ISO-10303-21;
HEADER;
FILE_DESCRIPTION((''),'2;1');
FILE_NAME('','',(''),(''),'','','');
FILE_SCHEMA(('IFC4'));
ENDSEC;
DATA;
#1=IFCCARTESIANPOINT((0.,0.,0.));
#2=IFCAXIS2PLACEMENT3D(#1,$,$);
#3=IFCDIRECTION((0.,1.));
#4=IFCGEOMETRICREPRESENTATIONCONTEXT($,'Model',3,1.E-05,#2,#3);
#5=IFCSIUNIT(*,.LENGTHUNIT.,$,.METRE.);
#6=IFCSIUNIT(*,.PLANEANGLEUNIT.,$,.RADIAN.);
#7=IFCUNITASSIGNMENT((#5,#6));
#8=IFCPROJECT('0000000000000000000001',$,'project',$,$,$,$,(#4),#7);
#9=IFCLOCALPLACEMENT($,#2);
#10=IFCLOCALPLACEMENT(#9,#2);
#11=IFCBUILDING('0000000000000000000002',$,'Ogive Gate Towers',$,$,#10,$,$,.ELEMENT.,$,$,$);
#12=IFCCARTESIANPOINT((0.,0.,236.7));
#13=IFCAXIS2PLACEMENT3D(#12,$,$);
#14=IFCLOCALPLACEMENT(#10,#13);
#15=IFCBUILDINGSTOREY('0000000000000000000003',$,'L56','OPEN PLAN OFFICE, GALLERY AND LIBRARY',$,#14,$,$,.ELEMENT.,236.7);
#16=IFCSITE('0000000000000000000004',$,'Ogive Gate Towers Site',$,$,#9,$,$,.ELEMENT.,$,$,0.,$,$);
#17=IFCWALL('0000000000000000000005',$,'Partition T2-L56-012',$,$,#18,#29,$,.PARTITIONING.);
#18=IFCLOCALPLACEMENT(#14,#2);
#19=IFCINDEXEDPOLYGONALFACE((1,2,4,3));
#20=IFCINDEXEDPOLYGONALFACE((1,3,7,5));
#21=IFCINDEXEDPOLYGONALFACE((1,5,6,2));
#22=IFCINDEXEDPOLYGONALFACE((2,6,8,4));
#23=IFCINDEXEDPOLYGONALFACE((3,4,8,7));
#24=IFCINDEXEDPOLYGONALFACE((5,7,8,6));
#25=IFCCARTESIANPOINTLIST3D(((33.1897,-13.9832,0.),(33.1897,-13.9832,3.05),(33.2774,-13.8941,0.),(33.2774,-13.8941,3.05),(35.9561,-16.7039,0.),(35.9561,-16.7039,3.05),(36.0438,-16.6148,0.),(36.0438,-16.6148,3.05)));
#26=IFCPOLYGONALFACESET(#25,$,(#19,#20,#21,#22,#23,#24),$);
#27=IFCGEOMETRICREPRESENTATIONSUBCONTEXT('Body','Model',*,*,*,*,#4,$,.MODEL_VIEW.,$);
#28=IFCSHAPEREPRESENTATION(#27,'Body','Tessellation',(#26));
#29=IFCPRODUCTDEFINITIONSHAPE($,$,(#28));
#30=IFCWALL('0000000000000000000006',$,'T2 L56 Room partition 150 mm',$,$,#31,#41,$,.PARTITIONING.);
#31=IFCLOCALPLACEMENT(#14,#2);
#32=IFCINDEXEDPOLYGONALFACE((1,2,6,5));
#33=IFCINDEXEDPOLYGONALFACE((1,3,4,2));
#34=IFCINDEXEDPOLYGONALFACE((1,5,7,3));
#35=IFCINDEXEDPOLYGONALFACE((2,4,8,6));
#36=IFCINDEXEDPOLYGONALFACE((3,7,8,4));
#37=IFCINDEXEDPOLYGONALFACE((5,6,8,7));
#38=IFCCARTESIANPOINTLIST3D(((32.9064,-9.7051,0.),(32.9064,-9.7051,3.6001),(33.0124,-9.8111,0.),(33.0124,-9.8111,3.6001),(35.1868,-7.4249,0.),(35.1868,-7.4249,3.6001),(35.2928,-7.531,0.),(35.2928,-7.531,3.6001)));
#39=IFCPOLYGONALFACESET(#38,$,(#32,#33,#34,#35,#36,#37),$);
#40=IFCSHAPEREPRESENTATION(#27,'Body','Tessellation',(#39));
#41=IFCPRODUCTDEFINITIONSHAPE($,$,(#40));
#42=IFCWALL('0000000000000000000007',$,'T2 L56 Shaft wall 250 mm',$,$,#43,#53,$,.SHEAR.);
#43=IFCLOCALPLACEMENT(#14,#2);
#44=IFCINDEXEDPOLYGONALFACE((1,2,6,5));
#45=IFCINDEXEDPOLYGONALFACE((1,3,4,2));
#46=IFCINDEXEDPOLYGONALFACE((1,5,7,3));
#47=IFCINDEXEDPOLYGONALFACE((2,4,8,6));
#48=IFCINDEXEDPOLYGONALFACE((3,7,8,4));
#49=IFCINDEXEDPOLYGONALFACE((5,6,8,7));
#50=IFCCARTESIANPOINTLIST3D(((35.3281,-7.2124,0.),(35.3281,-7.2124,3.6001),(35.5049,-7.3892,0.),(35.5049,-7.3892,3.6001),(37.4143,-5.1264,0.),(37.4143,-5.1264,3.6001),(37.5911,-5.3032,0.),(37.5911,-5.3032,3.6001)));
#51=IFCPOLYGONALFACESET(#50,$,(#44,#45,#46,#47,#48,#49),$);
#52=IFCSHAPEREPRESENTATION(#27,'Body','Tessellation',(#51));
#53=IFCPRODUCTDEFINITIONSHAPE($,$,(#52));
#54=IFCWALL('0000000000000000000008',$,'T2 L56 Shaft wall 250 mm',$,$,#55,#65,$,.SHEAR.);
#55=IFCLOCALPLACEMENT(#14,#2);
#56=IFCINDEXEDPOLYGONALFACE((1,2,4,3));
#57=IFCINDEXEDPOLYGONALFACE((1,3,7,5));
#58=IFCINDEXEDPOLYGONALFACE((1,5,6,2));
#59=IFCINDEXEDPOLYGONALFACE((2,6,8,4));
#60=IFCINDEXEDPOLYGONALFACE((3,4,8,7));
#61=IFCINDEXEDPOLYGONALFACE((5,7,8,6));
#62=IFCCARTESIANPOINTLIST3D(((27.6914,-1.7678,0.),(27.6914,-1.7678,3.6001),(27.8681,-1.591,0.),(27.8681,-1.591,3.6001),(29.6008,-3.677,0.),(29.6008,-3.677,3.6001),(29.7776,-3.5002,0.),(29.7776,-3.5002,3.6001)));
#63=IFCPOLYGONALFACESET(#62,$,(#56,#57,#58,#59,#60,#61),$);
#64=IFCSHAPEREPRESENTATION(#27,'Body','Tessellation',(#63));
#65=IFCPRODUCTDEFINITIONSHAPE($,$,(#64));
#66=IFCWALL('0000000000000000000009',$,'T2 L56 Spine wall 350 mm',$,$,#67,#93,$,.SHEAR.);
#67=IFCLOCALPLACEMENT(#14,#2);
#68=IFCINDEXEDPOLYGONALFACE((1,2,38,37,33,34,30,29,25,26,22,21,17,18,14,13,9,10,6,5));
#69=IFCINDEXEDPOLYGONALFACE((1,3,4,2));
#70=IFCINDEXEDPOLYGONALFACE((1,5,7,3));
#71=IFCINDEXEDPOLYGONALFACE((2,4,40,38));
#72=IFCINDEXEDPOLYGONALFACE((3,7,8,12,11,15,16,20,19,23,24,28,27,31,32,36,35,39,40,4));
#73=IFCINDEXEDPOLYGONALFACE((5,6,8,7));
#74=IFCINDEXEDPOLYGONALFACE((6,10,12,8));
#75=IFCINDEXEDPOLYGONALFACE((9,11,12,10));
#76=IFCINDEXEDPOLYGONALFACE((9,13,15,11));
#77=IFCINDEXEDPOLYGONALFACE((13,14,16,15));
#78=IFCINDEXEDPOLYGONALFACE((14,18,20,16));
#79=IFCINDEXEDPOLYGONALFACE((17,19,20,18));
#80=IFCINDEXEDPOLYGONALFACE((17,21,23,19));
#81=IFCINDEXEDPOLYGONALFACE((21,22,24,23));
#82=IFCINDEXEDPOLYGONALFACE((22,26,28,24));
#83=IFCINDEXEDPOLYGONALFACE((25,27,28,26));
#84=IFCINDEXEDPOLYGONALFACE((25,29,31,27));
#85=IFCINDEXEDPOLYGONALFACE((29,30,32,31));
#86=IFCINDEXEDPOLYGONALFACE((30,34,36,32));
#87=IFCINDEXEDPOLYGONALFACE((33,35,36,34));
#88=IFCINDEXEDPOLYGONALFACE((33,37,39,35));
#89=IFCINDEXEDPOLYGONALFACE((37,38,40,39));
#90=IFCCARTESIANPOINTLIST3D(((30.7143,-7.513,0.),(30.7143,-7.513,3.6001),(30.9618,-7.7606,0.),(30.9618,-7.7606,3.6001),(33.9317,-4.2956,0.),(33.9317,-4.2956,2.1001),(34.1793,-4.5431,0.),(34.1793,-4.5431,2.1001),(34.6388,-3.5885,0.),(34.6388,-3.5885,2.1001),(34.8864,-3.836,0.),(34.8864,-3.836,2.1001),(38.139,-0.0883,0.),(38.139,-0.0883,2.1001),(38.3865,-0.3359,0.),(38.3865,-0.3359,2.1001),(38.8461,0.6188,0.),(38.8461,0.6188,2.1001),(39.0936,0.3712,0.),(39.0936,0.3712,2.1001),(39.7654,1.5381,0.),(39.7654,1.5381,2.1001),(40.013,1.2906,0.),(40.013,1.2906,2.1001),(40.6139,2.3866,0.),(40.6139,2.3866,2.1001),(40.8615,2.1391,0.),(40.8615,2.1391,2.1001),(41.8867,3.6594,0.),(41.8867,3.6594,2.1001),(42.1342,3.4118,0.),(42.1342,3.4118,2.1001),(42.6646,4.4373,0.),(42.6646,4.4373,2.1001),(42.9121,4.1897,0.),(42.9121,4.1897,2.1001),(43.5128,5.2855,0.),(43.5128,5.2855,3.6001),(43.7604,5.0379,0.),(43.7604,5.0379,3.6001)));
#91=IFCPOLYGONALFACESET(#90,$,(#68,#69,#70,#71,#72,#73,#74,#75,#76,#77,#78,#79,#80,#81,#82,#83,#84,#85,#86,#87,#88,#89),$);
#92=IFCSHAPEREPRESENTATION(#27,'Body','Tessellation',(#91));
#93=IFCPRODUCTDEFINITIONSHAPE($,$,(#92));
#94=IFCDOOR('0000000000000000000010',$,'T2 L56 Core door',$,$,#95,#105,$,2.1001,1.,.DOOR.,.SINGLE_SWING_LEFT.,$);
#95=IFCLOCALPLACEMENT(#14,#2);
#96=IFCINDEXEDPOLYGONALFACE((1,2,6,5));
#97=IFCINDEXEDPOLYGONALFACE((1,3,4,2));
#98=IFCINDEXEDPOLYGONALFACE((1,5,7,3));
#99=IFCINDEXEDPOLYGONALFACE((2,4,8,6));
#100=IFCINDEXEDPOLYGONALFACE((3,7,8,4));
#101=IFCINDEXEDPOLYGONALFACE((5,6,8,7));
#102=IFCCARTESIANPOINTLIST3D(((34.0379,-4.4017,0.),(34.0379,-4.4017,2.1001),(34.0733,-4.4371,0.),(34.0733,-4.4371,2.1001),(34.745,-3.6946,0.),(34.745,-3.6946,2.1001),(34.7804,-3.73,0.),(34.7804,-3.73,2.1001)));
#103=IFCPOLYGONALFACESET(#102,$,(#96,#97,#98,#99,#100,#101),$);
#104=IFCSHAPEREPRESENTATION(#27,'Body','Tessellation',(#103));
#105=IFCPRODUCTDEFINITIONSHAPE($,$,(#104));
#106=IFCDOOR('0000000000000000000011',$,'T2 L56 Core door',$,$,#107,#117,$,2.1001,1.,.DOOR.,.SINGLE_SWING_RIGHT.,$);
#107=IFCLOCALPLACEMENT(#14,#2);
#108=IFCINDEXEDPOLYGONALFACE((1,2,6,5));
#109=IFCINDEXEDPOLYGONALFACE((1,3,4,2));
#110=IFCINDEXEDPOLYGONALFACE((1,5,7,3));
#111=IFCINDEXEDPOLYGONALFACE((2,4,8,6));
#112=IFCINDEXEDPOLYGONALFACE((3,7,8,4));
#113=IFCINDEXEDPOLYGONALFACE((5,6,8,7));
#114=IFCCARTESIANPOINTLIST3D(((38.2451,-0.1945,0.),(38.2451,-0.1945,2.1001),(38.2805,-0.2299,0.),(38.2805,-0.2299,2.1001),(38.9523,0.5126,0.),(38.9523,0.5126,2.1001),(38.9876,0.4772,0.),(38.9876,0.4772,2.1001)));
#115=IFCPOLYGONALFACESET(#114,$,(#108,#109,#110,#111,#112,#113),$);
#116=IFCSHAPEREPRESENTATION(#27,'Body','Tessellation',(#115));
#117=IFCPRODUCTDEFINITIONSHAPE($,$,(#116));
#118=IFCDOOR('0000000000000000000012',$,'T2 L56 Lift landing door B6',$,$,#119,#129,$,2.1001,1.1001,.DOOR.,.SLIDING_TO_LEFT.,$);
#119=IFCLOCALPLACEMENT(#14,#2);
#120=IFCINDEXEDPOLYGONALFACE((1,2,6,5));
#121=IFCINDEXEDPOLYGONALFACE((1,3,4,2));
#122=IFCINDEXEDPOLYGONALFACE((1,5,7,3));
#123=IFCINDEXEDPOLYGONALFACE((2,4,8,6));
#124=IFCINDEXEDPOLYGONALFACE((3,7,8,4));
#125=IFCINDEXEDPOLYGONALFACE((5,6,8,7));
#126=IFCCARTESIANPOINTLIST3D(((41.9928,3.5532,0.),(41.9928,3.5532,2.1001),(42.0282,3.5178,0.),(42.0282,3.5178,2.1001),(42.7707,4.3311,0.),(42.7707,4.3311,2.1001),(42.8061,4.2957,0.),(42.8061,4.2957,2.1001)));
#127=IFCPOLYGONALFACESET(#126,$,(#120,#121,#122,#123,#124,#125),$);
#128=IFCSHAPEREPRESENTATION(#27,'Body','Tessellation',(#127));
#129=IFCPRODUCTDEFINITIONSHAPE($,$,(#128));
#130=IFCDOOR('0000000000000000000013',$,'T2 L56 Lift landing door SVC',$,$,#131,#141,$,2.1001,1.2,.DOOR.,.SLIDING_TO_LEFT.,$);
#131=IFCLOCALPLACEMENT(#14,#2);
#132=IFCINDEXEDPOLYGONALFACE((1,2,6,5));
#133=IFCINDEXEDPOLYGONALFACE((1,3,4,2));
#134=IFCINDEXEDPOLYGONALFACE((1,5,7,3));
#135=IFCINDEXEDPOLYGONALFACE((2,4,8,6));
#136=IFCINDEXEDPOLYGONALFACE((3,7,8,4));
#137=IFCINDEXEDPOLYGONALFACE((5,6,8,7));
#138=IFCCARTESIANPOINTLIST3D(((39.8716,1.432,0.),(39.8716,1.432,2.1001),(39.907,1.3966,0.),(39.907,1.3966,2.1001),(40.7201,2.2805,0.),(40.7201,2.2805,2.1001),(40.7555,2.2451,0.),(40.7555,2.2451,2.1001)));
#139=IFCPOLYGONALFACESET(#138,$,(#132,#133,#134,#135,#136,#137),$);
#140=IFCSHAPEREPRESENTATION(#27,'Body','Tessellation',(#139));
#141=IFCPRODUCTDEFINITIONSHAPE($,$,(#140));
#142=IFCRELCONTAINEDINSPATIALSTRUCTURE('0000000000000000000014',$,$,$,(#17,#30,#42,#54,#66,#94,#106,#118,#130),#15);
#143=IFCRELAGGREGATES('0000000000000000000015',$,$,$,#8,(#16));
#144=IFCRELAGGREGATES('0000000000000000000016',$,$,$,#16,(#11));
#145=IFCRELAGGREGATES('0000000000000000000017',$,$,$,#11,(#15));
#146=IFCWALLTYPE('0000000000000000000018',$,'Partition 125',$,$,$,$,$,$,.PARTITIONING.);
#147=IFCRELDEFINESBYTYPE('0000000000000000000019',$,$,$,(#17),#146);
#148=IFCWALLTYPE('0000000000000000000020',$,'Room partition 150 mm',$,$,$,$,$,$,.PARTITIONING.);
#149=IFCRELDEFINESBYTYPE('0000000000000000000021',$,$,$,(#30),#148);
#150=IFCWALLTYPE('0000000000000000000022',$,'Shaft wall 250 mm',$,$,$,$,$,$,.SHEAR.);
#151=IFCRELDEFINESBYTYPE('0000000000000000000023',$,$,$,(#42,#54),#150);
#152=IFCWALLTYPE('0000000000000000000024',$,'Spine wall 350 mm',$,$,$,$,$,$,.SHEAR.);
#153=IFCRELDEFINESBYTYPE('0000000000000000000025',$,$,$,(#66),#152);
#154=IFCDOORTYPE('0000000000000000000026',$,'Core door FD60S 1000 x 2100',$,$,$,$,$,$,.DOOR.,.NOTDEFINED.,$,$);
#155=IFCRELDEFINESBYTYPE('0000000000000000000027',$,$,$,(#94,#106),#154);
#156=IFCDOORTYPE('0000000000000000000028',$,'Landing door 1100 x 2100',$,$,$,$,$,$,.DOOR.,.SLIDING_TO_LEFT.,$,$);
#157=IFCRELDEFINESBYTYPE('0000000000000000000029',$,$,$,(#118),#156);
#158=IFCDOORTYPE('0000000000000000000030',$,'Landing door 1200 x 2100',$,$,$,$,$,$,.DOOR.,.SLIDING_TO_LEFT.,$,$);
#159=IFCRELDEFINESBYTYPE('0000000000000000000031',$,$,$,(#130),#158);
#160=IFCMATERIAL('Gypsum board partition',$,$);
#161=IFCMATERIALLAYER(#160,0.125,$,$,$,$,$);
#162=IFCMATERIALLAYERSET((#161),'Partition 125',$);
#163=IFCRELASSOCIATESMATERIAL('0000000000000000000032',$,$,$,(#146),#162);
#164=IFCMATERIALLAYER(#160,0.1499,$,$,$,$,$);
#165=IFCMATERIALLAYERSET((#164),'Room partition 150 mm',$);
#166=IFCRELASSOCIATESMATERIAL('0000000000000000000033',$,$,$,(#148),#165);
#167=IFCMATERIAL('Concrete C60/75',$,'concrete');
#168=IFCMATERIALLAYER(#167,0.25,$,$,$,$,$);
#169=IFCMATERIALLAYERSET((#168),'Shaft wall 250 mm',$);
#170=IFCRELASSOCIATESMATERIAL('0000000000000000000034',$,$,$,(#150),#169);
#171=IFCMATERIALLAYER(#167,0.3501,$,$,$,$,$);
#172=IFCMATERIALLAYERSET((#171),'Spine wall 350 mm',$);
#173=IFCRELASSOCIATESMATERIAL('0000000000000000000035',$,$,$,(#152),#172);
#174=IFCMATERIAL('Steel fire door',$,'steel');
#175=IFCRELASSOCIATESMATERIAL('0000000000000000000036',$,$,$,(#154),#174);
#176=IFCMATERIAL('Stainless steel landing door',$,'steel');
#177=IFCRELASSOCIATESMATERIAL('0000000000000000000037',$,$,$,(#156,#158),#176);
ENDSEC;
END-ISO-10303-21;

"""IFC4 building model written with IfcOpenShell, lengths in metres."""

from ifc_helpers import new_model, si_unit, direction, frame, frame_2d, origin, place, context, subcontext, project, spatial, rectangle, extrude, material, layer, layer_set, type_object, element, fill, save


model = new_model("IFC4")

# Units and contexts
model_context = context("Model", 3, precision=1e-05, world=origin(), true_north=direction((0.0, 1.0)))
body_context = subcontext(model_context, "Body", "Model", "MODEL_VIEW")
ifc_project = project(units=[si_unit("LENGTHUNIT", "METRE"), si_unit("PLANEANGLEUNIT", "RADIAN")], contexts=[model_context])

# Site, building, storey
site_placement = place(None, origin())
site = spatial("IfcSite", under=ifc_project, at=site_placement, Name="Ogive Gate Towers Site", CompositionType="ELEMENT", RefElevation=0.0)
building_placement = place(site_placement, origin())
building = spatial("IfcBuilding", under=site, at=building_placement, Name="Ogive Gate Towers", CompositionType="ELEMENT")
storey_placement = place(building_placement, frame((0.0, 0.0, 236.7)))
storey = spatial("IfcBuildingStorey", under=building, at=storey_placement, Name="L56", Description="OPEN PLAN OFFICE, GALLERY AND LIBRARY", CompositionType="ELEMENT", Elevation=236.7)

# Walls
ifc_material_1 = material(Name="Gypsum board partition")
ifc_layer_1 = layer(ifc_material_1, 0.125)
ifc_layer_set_1 = layer_set([ifc_layer_1], Name="Partition 125")
wall_type_1 = type_object("IfcWallType", Name="Partition 125", PredefinedType="PARTITIONING", material=ifc_layer_set_1)
wall_1_placement = place(storey_placement, frame((33.2336, -13.9387, 0.0), z_axis=(0.0, 0.0, 1.0), x_axis=(0.712965, -0.701199, 0.0)))
element("IfcWall", 1, at=wall_1_placement, inside=storey, type_object=wall_type_1, Name="Partition T2-L56-012", PredefinedType="PARTITIONING", context=body_context, shape_type="SweptSolid", body=[
    extrude(rectangle(XDim=3.8801, YDim=0.125, at=frame_2d((1.9399, 0.0))), origin(), (0.0, 0.0, 1.0), 3.05),
])
ifc_layer_2 = layer(ifc_material_1, 0.1499)
ifc_layer_set_2 = layer_set([ifc_layer_2], Name="Room partition 150 mm")
wall_type_2 = type_object("IfcWallType", Name="Room partition 150 mm", PredefinedType="PARTITIONING", material=ifc_layer_set_2)
wall_2_placement = place(storey_placement, frame((32.9595, -9.7581, 0.0), z_axis=(0.0, 0.0, 1.0), x_axis=(0.707145, 0.707069, 0.0)))
element("IfcWall", 2, at=wall_2_placement, inside=storey, type_object=wall_type_2, Name="T2 L56 Room partition 150 mm", PredefinedType="PARTITIONING", context=body_context, shape_type="SweptSolid", body=[
    extrude(rectangle(XDim=3.2249, YDim=0.1499, at=frame_2d((1.6123, 0.0))), origin(), (0.0, 0.0, 1.0), 3.6001),
])
ifc_material_2 = material(Name="Concrete C60/75", Category="concrete")
ifc_layer_3 = layer(ifc_material_2, 0.25)
ifc_layer_set_3 = layer_set([ifc_layer_3], Name="Shaft wall 250 mm")
wall_type_3 = type_object("IfcWallType", Name="Shaft wall 250 mm", PredefinedType="SHEAR", material=ifc_layer_set_3)
wall_3_placement = place(storey_placement, frame((35.4165, -7.3008, 0.0), z_axis=(0.0, 0.0, 1.0), x_axis=(0.707148, 0.707065, 0.0)))
element("IfcWall", 3, at=wall_3_placement, inside=storey, type_object=wall_type_3, Name="T2 L56 Shaft wall 250 mm", PredefinedType="SHEAR", context=body_context, shape_type="SweptSolid", body=[
    extrude(rectangle(XDim=2.9502, YDim=0.25, at=frame_2d((1.4751, 0.0))), origin(), (0.0, 0.0, 1.0), 3.6001),
])
wall_4_placement = place(storey_placement, frame((29.6892, -3.5886, 0.0), z_axis=(0.0, 0.0, 1.0), x_axis=(-0.707152, 0.707062, 0.0)))
element("IfcWall", 4, at=wall_4_placement, inside=storey, type_object=wall_type_3, Name="T2 L56 Shaft wall 250 mm", PredefinedType="SHEAR", context=body_context, shape_type="SweptSolid", body=[
    extrude(rectangle(XDim=2.7002, YDim=0.25, at=frame_2d((1.3501, 0.0))), origin(), (0.0, 0.0, 1.0), 3.6001),
])

# Wall, openings, doors
ifc_layer_4 = layer(ifc_material_2, 0.3501)
ifc_layer_set_4 = layer_set([ifc_layer_4], Name="Spine wall 350 mm")
wall_type_4 = type_object("IfcWallType", Name="Spine wall 350 mm", PredefinedType="SHEAR", material=ifc_layer_set_4)
wall_5_placement = place(storey_placement, frame((30.8381, -7.6367, 0.0), z_axis=(0.0, 0.0, 1.0), x_axis=(0.707107, 0.707107, 0.0)))
wall_5 = element("IfcWall", 5, at=wall_5_placement, inside=storey, type_object=wall_type_4, Name="T2 L56 Spine wall 350 mm", PredefinedType="SHEAR", context=body_context, shape_type="SweptSolid", body=[
    extrude(rectangle(XDim=18.0999, YDim=0.3501, at=frame_2d((9.0498, 0.0))), origin(), (0.0, 0.0, 1.0), 3.6001),
])
opening_1_placement = place(wall_5_placement, frame((12.8, 0.0, 0.0)))
opening_1 = element("IfcOpeningElement", 6, at=opening_1_placement, cuts=wall_5, PredefinedType="OPENING", context=body_context, shape_type="SweptSolid", body=[
    extrude(rectangle(XDim=1.2, YDim=2.1001, at=frame_2d((0.6001, 1.05))), frame((0.0, 0.1851, 0.0), z_axis=(0.0, -1.0, 0.0), x_axis=(1.0, 0.0, 0.0)), (0.0, 0.0, 1.0), 0.3701),
])
opening_2_placement = place(wall_5_placement, frame((15.8, 0.0, 0.0)))
opening_2 = element("IfcOpeningElement", 7, at=opening_2_placement, cuts=wall_5, PredefinedType="OPENING", context=body_context, shape_type="SweptSolid", body=[
    extrude(rectangle(XDim=1.1001, YDim=2.1001, at=frame_2d((0.55, 1.05))), frame((0.0, 0.1851, 0.0), z_axis=(0.0, -1.0, 0.0), x_axis=(1.0, 0.0, 0.0)), (0.0, 0.0, 1.0), 0.3701),
])
opening_3_placement = place(wall_5_placement, frame((4.55, 0.0, 0.0)))
opening_3 = element("IfcOpeningElement", 8, at=opening_3_placement, cuts=wall_5, PredefinedType="OPENING", context=body_context, shape_type="SweptSolid", body=[
    extrude(rectangle(XDim=1.0, YDim=2.1001, at=frame_2d((0.5, 1.05))), frame((0.0, 0.1851, 0.0), z_axis=(0.0, -1.0, 0.0), x_axis=(1.0, 0.0, 0.0)), (0.0, 0.0, 1.0), 0.3701),
])
opening_4_placement = place(wall_5_placement, frame((10.5, 0.0, 0.0)))
opening_4 = element("IfcOpeningElement", 9, at=opening_4_placement, cuts=wall_5, PredefinedType="OPENING", context=body_context, shape_type="SweptSolid", body=[
    extrude(rectangle(XDim=1.0, YDim=2.1001, at=frame_2d((0.5, 1.05))), frame((0.0, 0.1851, 0.0), z_axis=(0.0, -1.0, 0.0), x_axis=(1.0, 0.0, 0.0)), (0.0, 0.0, 1.0), 0.3701),
])
ifc_material_3 = material(Name="Steel fire door", Category="steel")
door_type_1 = type_object("IfcDoorType", Name="Core door FD60S 1000 x 2100", OperationType="NOTDEFINED", PredefinedType="DOOR", material=ifc_material_3)
door_1_placement = place(opening_3_placement, origin())
door_1 = element("IfcDoor", 10, at=door_1_placement, inside=storey, type_object=door_type_1, Name="T2 L56 Core door", OperationType="SINGLE_SWING_LEFT", OverallHeight=2.1001, OverallWidth=1.0, PredefinedType="DOOR", context=body_context, shape_type="SweptSolid", body=[
    extrude(rectangle(XDim=1.0, YDim=2.1001, at=frame_2d((0.5, 1.05))), frame((0.0, 0.0249, 0.0), z_axis=(0.0, -1.0, 0.0), x_axis=(1.0, 0.0, 0.0)), (0.0, 0.0, 1.0), 0.05),
])
fill(opening_3, door_1)
door_2_placement = place(opening_4_placement, origin())
door_2 = element("IfcDoor", 11, at=door_2_placement, inside=storey, type_object=door_type_1, Name="T2 L56 Core door", OperationType="SINGLE_SWING_RIGHT", OverallHeight=2.1001, OverallWidth=1.0, PredefinedType="DOOR", context=body_context, shape_type="SweptSolid", body=[
    extrude(rectangle(XDim=1.0, YDim=2.1001, at=frame_2d((0.5, 1.05))), frame((0.0, 0.0249, 0.0), z_axis=(0.0, -1.0, 0.0), x_axis=(1.0, 0.0, 0.0)), (0.0, 0.0, 1.0), 0.05),
])
fill(opening_4, door_2)
ifc_material_4 = material(Name="Stainless steel landing door", Category="steel")
door_type_2 = type_object("IfcDoorType", Name="Landing door 1100 x 2100", OperationType="SLIDING_TO_LEFT", PredefinedType="DOOR", material=ifc_material_4)
door_3_placement = place(opening_2_placement, origin())
door_3 = element("IfcDoor", 12, at=door_3_placement, inside=storey, type_object=door_type_2, Name="T2 L56 Lift landing door B6", OperationType="SLIDING_TO_LEFT", OverallHeight=2.1001, OverallWidth=1.1001, PredefinedType="DOOR", context=body_context, shape_type="SweptSolid", body=[
    extrude(rectangle(XDim=1.1001, YDim=2.1001, at=frame_2d((0.55, 1.05))), frame((0.0, 0.0249, 0.0), z_axis=(0.0, -1.0, 0.0), x_axis=(1.0, 0.0, 0.0)), (0.0, 0.0, 1.0), 0.05),
])
fill(opening_2, door_3)
door_type_3 = type_object("IfcDoorType", Name="Landing door 1200 x 2100", OperationType="SLIDING_TO_LEFT", PredefinedType="DOOR", material=ifc_material_4)
door_4_placement = place(opening_1_placement, origin())
door_4 = element("IfcDoor", 13, at=door_4_placement, inside=storey, type_object=door_type_3, Name="T2 L56 Lift landing door SVC", OperationType="SLIDING_TO_LEFT", OverallHeight=2.1001, OverallWidth=1.2, PredefinedType="DOOR", context=body_context, shape_type="SweptSolid", body=[
    extrude(rectangle(XDim=1.2, YDim=2.1001, at=frame_2d((0.6001, 1.05))), frame((0.0, 0.0249, 0.0), z_axis=(0.0, -1.0, 0.0), x_axis=(1.0, 0.0, 0.0)), (0.0, 0.0, 1.0), 0.05),
])
fill(opening_1, door_4)

save(model, "model.ifc")
